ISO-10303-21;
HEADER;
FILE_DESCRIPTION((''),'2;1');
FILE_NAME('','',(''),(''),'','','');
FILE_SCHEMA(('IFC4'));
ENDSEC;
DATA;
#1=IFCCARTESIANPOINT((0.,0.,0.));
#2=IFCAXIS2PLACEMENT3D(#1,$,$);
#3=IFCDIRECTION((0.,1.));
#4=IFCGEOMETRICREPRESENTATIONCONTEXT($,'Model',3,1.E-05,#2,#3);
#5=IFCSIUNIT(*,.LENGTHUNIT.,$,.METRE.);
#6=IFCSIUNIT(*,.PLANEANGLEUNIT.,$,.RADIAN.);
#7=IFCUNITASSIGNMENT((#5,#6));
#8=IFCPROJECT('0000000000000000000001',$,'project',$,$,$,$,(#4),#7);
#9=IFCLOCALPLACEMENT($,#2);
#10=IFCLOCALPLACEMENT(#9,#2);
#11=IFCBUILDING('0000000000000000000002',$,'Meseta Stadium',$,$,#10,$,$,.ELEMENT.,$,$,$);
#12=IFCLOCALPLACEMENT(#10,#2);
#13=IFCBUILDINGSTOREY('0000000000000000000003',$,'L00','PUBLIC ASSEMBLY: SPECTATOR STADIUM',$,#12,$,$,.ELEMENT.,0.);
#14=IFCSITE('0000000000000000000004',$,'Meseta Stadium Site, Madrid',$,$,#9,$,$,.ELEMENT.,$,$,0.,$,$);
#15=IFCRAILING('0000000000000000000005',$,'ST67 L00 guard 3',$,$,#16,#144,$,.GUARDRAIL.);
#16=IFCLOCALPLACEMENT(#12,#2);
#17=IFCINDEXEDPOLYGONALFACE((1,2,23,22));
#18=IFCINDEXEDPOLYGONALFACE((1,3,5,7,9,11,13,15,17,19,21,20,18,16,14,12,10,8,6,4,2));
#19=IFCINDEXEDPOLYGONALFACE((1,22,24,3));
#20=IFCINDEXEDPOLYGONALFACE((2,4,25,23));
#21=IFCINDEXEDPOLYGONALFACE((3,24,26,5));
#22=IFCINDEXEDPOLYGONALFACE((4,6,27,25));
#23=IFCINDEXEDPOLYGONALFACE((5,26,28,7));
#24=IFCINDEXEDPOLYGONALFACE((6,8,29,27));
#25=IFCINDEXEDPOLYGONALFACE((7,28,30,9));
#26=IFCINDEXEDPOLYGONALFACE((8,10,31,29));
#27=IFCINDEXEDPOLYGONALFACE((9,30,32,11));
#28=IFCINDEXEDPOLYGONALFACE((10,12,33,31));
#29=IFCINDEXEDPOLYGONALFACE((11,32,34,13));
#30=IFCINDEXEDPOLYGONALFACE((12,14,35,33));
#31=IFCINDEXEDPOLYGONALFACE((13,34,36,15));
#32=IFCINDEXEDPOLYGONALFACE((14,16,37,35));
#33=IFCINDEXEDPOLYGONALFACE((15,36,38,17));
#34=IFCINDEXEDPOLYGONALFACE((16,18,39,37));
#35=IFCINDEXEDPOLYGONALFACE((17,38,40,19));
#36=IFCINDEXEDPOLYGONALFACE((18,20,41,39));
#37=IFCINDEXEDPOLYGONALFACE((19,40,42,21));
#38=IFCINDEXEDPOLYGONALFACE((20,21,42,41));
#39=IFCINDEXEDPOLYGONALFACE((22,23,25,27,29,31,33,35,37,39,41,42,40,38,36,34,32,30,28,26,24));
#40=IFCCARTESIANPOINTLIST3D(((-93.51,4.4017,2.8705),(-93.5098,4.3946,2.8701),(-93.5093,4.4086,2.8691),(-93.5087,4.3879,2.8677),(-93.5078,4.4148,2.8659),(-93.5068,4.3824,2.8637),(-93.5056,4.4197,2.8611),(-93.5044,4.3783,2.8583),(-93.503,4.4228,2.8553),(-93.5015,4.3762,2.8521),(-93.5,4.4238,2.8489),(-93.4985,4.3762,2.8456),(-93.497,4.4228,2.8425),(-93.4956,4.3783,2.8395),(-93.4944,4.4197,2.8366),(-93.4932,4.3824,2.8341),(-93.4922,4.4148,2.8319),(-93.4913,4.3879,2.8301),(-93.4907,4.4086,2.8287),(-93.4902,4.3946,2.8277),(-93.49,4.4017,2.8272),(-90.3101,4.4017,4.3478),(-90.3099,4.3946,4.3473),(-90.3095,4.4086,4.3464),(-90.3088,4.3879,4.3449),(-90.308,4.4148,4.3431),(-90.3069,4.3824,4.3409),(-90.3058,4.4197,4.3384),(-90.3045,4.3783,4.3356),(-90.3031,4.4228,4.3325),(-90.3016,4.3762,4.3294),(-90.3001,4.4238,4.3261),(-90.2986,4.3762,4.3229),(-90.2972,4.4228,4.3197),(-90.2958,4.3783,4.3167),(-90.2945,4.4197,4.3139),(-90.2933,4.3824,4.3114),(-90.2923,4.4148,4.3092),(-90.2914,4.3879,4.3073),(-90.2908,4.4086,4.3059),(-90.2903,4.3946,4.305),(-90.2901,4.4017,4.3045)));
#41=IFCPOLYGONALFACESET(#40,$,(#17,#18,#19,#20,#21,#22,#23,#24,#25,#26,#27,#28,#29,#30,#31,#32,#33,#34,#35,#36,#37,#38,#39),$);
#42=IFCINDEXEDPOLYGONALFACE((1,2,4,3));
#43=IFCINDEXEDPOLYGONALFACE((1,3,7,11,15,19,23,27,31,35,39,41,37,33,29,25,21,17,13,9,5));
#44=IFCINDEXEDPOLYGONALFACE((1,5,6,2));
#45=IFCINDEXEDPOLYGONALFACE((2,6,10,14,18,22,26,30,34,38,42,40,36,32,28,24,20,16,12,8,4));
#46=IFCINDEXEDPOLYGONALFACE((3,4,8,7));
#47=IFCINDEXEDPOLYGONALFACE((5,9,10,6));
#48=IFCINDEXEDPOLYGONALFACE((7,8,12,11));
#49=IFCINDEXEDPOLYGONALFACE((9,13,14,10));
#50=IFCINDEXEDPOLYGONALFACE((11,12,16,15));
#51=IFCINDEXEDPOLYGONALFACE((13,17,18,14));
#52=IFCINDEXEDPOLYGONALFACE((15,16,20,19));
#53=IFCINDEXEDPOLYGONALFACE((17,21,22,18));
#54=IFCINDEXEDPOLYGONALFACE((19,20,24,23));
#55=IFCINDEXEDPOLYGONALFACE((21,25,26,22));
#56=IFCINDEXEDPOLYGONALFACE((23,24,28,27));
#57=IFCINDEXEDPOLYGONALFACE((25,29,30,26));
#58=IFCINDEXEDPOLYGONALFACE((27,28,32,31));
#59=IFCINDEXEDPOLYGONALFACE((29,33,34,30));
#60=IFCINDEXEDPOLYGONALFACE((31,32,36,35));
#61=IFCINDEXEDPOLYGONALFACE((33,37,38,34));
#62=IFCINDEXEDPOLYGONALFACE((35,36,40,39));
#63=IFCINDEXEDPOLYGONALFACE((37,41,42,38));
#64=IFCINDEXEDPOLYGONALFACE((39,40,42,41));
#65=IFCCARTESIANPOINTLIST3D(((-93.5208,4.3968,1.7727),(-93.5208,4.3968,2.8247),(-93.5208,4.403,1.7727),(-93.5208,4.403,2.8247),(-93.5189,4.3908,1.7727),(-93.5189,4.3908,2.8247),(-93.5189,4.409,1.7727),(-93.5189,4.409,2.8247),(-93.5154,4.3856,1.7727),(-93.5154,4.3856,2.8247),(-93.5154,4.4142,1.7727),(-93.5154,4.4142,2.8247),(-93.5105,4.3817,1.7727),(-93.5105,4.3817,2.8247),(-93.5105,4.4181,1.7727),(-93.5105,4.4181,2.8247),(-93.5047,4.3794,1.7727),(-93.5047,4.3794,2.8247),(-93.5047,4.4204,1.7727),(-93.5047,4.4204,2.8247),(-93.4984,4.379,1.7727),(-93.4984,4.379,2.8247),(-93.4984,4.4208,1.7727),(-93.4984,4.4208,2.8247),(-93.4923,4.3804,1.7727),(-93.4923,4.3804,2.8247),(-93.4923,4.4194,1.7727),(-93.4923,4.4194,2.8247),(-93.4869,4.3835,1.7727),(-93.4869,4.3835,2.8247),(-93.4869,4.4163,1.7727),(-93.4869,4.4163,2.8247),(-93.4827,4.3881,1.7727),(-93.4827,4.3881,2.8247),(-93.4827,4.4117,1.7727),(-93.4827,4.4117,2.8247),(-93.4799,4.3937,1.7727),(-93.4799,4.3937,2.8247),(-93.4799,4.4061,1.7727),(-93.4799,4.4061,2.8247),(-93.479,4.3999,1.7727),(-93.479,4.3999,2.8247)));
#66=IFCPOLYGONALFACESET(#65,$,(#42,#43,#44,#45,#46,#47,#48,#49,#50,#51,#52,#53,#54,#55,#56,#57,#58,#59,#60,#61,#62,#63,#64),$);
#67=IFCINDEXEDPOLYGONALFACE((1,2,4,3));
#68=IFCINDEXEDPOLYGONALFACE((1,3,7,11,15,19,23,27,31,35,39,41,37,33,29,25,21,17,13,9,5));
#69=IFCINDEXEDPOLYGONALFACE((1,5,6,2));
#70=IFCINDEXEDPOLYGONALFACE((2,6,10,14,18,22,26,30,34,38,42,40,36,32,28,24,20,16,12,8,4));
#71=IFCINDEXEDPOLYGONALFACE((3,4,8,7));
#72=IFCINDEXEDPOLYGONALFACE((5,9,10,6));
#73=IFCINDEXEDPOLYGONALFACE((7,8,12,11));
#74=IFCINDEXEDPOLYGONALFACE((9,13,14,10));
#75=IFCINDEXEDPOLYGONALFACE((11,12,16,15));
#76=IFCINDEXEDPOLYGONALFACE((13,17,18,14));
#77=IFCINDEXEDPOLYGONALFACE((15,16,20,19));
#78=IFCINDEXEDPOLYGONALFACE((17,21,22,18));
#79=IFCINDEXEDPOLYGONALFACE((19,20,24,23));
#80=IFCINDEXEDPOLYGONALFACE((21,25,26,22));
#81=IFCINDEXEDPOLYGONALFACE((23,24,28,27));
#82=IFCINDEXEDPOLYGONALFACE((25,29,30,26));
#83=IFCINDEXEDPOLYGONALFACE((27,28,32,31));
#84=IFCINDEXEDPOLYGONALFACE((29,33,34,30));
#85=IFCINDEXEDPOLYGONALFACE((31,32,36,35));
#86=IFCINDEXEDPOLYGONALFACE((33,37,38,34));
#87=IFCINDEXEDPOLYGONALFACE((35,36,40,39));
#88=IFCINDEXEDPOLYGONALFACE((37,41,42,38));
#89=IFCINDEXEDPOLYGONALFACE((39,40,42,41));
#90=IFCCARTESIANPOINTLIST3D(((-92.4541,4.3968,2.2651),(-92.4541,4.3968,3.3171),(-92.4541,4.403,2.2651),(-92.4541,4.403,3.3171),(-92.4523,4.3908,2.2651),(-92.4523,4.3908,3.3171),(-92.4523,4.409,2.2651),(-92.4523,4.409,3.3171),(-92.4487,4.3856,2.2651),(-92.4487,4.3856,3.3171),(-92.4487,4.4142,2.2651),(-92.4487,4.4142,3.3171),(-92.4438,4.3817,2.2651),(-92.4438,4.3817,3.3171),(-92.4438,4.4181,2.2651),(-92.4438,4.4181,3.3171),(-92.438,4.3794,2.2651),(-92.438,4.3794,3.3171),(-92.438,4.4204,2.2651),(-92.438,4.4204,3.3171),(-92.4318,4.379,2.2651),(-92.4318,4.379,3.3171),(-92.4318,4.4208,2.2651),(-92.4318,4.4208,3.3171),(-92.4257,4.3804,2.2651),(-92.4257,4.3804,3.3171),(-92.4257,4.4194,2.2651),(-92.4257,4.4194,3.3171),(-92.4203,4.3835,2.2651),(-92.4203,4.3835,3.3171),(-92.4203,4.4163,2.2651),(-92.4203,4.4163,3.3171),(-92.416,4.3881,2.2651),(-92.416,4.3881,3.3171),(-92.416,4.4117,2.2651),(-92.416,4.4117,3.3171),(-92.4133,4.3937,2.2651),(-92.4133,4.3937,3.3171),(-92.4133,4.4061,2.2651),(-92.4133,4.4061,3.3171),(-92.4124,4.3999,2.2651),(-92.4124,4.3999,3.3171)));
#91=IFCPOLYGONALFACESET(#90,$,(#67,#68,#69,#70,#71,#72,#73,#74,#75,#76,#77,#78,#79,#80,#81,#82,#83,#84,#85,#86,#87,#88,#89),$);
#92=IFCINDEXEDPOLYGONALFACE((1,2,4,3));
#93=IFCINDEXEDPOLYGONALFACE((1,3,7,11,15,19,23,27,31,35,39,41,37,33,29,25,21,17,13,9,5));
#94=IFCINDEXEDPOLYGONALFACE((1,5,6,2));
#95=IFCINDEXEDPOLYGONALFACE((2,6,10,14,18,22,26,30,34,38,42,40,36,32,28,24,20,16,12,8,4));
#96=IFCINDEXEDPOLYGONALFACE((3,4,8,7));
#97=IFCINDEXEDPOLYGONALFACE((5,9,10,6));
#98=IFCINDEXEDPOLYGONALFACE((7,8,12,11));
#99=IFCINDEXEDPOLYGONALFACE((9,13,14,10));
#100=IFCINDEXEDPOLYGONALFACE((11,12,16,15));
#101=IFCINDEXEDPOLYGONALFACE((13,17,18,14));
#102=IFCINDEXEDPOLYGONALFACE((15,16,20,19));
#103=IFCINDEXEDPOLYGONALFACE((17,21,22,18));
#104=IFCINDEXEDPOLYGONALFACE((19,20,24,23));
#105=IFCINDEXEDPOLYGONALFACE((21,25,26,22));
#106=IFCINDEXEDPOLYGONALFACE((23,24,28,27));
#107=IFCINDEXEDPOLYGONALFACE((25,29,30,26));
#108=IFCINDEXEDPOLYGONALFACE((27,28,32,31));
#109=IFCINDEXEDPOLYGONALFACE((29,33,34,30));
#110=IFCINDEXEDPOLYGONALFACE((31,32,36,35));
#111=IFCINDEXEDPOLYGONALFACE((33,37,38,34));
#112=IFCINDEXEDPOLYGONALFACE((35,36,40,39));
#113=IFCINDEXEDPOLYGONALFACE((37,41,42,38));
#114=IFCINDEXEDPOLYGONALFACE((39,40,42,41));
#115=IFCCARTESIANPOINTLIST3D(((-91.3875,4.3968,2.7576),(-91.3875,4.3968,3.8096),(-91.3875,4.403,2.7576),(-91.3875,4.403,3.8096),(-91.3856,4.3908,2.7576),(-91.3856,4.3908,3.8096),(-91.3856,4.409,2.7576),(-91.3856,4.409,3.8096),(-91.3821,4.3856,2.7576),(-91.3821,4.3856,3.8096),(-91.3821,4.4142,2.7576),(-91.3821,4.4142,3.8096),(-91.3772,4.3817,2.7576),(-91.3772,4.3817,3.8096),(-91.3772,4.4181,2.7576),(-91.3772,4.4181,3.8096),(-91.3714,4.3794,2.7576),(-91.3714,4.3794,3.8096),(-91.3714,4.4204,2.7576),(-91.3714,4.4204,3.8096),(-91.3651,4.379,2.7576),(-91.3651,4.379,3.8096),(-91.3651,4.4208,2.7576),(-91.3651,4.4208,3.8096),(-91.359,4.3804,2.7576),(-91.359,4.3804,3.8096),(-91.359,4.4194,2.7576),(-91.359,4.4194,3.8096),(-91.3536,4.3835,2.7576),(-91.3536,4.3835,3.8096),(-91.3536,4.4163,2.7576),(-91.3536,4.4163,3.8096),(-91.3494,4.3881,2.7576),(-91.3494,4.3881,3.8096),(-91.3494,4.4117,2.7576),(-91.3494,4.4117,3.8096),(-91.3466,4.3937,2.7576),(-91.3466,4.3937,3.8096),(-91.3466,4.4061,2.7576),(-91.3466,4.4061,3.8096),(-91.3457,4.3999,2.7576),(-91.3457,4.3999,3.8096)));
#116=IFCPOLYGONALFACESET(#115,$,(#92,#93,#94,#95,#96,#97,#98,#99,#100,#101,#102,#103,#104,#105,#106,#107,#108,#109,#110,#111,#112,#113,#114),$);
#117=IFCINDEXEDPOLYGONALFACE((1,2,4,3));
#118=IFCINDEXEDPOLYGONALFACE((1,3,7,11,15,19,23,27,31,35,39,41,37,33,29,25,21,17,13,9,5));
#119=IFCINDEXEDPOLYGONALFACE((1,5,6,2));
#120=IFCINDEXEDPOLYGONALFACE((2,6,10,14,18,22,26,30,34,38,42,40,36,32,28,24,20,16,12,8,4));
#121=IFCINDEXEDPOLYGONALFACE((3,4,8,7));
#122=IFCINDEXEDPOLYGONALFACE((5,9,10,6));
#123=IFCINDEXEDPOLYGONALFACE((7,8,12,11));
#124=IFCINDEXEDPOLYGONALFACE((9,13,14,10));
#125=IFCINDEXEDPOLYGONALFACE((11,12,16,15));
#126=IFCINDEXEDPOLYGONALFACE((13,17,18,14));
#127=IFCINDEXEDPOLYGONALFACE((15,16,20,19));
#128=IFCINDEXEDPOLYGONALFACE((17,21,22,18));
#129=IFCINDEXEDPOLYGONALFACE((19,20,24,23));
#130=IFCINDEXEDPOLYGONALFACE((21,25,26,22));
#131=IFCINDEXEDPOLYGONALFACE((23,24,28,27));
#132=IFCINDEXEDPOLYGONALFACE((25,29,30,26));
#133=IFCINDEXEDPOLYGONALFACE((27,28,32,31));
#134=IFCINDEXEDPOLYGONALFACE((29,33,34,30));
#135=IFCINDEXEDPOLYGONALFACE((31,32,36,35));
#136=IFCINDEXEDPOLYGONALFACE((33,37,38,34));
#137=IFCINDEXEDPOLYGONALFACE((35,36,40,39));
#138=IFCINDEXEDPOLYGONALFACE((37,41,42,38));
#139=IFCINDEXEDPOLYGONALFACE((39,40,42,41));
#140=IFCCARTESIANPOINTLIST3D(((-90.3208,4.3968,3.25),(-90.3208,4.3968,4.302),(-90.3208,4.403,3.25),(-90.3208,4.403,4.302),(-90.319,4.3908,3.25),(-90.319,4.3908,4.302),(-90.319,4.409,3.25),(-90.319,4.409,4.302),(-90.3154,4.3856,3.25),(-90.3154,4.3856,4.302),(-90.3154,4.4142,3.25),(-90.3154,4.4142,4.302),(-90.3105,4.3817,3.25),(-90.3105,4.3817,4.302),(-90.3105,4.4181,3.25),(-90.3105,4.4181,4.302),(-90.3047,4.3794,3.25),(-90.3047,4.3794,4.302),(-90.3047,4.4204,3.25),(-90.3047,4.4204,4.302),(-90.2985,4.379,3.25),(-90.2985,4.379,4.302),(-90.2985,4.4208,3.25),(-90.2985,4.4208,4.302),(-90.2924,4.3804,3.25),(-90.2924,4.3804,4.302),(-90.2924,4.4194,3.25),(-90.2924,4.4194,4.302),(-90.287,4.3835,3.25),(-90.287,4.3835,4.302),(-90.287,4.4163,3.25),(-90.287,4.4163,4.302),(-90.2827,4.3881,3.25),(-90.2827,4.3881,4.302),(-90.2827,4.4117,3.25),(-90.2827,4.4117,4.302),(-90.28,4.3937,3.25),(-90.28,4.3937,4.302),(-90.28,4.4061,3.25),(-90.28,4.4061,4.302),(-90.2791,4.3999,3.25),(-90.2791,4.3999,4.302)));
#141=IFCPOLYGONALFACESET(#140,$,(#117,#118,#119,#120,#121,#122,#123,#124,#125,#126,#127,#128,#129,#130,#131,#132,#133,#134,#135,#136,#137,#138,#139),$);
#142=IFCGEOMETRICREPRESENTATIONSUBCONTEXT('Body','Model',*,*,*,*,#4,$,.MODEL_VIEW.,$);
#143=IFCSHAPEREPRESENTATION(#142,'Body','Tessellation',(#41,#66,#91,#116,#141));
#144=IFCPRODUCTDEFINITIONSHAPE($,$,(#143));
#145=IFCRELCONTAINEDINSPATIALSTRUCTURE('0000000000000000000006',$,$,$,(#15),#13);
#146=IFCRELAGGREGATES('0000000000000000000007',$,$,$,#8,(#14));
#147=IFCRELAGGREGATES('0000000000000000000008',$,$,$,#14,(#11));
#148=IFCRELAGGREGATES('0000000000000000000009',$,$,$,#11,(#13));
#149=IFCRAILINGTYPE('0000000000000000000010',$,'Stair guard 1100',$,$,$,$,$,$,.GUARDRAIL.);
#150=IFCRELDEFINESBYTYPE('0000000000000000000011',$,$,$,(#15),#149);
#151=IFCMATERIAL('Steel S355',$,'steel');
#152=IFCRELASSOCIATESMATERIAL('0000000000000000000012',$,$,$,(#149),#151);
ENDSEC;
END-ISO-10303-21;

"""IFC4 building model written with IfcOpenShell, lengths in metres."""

from ifc_helpers import new_model, si_unit, direction, frame, origin, origin_2d, place, context, subcontext, project, spatial, circle, extrude, material, type_object, element, save


model = new_model("IFC4")

# Units and contexts
model_context = context("Model", 3, precision=1e-05, world=origin(), true_north=direction((0.0, 1.0)))
body_context = subcontext(model_context, "Body", "Model", "MODEL_VIEW")
ifc_project = project(units=[si_unit("LENGTHUNIT", "METRE"), si_unit("PLANEANGLEUNIT", "RADIAN")], contexts=[model_context])

# Site, building, storey
site_placement = place(None, origin())
site = spatial("IfcSite", under=ifc_project, at=site_placement, Name="Meseta Stadium Site, Madrid", CompositionType="ELEMENT", RefElevation=0.0)
building_placement = place(site_placement, origin())
building = spatial("IfcBuilding", under=site, at=building_placement, Name="Meseta Stadium", CompositionType="ELEMENT")
storey_placement = place(building_placement, origin())
storey = spatial("IfcBuildingStorey", under=building, at=storey_placement, Name="L00", Description="PUBLIC ASSEMBLY: SPECTATOR STADIUM", CompositionType="ELEMENT", Elevation=0.0)

# Railing
ifc_material_1 = material(Name="Steel S355", Category="steel")
railing_type_1 = type_object("IfcRailingType", Name="Stair guard 1100", PredefinedType="GUARDRAIL", material=ifc_material_1)
for number, where, name in (
    (1, (-93.5, 4.3999, 1.7727), "ST67 L00 guard 3"),
):
    element("IfcRailing", number, at=place(storey_placement, frame(where)), inside=storey, type_object=railing_type_1, Name=name, PredefinedType="GUARDRAIL", context=body_context, shape_type="SweptSolid", body=[
        extrude(circle(Radius=0.0239, at=origin_2d()), frame((0.0, 0.0, 1.0762), z_axis=(0.907917, 0.0, 0.41915), x_axis=(0.0, 1.0, 0.0)), (0.0, 0.0, 1.0), 3.5244),
        extrude(circle(Radius=0.021, at=origin_2d()), origin(), (0.0, 0.0, 1.0), 1.052),
        extrude(circle(Radius=0.021, at=origin_2d()), frame((1.0667, 0.0, 0.4924)), (0.0, 0.0, 1.0), 1.052),
        extrude(circle(Radius=0.021, at=origin_2d()), frame((2.1333, 0.0, 0.9849)), (0.0, 0.0, 1.0), 1.052),
        extrude(circle(Radius=0.021, at=origin_2d()), frame((3.2, 0.0, 1.4773)), (0.0, 0.0, 1.0), 1.052),
    ])

save(model, "model.ifc")
